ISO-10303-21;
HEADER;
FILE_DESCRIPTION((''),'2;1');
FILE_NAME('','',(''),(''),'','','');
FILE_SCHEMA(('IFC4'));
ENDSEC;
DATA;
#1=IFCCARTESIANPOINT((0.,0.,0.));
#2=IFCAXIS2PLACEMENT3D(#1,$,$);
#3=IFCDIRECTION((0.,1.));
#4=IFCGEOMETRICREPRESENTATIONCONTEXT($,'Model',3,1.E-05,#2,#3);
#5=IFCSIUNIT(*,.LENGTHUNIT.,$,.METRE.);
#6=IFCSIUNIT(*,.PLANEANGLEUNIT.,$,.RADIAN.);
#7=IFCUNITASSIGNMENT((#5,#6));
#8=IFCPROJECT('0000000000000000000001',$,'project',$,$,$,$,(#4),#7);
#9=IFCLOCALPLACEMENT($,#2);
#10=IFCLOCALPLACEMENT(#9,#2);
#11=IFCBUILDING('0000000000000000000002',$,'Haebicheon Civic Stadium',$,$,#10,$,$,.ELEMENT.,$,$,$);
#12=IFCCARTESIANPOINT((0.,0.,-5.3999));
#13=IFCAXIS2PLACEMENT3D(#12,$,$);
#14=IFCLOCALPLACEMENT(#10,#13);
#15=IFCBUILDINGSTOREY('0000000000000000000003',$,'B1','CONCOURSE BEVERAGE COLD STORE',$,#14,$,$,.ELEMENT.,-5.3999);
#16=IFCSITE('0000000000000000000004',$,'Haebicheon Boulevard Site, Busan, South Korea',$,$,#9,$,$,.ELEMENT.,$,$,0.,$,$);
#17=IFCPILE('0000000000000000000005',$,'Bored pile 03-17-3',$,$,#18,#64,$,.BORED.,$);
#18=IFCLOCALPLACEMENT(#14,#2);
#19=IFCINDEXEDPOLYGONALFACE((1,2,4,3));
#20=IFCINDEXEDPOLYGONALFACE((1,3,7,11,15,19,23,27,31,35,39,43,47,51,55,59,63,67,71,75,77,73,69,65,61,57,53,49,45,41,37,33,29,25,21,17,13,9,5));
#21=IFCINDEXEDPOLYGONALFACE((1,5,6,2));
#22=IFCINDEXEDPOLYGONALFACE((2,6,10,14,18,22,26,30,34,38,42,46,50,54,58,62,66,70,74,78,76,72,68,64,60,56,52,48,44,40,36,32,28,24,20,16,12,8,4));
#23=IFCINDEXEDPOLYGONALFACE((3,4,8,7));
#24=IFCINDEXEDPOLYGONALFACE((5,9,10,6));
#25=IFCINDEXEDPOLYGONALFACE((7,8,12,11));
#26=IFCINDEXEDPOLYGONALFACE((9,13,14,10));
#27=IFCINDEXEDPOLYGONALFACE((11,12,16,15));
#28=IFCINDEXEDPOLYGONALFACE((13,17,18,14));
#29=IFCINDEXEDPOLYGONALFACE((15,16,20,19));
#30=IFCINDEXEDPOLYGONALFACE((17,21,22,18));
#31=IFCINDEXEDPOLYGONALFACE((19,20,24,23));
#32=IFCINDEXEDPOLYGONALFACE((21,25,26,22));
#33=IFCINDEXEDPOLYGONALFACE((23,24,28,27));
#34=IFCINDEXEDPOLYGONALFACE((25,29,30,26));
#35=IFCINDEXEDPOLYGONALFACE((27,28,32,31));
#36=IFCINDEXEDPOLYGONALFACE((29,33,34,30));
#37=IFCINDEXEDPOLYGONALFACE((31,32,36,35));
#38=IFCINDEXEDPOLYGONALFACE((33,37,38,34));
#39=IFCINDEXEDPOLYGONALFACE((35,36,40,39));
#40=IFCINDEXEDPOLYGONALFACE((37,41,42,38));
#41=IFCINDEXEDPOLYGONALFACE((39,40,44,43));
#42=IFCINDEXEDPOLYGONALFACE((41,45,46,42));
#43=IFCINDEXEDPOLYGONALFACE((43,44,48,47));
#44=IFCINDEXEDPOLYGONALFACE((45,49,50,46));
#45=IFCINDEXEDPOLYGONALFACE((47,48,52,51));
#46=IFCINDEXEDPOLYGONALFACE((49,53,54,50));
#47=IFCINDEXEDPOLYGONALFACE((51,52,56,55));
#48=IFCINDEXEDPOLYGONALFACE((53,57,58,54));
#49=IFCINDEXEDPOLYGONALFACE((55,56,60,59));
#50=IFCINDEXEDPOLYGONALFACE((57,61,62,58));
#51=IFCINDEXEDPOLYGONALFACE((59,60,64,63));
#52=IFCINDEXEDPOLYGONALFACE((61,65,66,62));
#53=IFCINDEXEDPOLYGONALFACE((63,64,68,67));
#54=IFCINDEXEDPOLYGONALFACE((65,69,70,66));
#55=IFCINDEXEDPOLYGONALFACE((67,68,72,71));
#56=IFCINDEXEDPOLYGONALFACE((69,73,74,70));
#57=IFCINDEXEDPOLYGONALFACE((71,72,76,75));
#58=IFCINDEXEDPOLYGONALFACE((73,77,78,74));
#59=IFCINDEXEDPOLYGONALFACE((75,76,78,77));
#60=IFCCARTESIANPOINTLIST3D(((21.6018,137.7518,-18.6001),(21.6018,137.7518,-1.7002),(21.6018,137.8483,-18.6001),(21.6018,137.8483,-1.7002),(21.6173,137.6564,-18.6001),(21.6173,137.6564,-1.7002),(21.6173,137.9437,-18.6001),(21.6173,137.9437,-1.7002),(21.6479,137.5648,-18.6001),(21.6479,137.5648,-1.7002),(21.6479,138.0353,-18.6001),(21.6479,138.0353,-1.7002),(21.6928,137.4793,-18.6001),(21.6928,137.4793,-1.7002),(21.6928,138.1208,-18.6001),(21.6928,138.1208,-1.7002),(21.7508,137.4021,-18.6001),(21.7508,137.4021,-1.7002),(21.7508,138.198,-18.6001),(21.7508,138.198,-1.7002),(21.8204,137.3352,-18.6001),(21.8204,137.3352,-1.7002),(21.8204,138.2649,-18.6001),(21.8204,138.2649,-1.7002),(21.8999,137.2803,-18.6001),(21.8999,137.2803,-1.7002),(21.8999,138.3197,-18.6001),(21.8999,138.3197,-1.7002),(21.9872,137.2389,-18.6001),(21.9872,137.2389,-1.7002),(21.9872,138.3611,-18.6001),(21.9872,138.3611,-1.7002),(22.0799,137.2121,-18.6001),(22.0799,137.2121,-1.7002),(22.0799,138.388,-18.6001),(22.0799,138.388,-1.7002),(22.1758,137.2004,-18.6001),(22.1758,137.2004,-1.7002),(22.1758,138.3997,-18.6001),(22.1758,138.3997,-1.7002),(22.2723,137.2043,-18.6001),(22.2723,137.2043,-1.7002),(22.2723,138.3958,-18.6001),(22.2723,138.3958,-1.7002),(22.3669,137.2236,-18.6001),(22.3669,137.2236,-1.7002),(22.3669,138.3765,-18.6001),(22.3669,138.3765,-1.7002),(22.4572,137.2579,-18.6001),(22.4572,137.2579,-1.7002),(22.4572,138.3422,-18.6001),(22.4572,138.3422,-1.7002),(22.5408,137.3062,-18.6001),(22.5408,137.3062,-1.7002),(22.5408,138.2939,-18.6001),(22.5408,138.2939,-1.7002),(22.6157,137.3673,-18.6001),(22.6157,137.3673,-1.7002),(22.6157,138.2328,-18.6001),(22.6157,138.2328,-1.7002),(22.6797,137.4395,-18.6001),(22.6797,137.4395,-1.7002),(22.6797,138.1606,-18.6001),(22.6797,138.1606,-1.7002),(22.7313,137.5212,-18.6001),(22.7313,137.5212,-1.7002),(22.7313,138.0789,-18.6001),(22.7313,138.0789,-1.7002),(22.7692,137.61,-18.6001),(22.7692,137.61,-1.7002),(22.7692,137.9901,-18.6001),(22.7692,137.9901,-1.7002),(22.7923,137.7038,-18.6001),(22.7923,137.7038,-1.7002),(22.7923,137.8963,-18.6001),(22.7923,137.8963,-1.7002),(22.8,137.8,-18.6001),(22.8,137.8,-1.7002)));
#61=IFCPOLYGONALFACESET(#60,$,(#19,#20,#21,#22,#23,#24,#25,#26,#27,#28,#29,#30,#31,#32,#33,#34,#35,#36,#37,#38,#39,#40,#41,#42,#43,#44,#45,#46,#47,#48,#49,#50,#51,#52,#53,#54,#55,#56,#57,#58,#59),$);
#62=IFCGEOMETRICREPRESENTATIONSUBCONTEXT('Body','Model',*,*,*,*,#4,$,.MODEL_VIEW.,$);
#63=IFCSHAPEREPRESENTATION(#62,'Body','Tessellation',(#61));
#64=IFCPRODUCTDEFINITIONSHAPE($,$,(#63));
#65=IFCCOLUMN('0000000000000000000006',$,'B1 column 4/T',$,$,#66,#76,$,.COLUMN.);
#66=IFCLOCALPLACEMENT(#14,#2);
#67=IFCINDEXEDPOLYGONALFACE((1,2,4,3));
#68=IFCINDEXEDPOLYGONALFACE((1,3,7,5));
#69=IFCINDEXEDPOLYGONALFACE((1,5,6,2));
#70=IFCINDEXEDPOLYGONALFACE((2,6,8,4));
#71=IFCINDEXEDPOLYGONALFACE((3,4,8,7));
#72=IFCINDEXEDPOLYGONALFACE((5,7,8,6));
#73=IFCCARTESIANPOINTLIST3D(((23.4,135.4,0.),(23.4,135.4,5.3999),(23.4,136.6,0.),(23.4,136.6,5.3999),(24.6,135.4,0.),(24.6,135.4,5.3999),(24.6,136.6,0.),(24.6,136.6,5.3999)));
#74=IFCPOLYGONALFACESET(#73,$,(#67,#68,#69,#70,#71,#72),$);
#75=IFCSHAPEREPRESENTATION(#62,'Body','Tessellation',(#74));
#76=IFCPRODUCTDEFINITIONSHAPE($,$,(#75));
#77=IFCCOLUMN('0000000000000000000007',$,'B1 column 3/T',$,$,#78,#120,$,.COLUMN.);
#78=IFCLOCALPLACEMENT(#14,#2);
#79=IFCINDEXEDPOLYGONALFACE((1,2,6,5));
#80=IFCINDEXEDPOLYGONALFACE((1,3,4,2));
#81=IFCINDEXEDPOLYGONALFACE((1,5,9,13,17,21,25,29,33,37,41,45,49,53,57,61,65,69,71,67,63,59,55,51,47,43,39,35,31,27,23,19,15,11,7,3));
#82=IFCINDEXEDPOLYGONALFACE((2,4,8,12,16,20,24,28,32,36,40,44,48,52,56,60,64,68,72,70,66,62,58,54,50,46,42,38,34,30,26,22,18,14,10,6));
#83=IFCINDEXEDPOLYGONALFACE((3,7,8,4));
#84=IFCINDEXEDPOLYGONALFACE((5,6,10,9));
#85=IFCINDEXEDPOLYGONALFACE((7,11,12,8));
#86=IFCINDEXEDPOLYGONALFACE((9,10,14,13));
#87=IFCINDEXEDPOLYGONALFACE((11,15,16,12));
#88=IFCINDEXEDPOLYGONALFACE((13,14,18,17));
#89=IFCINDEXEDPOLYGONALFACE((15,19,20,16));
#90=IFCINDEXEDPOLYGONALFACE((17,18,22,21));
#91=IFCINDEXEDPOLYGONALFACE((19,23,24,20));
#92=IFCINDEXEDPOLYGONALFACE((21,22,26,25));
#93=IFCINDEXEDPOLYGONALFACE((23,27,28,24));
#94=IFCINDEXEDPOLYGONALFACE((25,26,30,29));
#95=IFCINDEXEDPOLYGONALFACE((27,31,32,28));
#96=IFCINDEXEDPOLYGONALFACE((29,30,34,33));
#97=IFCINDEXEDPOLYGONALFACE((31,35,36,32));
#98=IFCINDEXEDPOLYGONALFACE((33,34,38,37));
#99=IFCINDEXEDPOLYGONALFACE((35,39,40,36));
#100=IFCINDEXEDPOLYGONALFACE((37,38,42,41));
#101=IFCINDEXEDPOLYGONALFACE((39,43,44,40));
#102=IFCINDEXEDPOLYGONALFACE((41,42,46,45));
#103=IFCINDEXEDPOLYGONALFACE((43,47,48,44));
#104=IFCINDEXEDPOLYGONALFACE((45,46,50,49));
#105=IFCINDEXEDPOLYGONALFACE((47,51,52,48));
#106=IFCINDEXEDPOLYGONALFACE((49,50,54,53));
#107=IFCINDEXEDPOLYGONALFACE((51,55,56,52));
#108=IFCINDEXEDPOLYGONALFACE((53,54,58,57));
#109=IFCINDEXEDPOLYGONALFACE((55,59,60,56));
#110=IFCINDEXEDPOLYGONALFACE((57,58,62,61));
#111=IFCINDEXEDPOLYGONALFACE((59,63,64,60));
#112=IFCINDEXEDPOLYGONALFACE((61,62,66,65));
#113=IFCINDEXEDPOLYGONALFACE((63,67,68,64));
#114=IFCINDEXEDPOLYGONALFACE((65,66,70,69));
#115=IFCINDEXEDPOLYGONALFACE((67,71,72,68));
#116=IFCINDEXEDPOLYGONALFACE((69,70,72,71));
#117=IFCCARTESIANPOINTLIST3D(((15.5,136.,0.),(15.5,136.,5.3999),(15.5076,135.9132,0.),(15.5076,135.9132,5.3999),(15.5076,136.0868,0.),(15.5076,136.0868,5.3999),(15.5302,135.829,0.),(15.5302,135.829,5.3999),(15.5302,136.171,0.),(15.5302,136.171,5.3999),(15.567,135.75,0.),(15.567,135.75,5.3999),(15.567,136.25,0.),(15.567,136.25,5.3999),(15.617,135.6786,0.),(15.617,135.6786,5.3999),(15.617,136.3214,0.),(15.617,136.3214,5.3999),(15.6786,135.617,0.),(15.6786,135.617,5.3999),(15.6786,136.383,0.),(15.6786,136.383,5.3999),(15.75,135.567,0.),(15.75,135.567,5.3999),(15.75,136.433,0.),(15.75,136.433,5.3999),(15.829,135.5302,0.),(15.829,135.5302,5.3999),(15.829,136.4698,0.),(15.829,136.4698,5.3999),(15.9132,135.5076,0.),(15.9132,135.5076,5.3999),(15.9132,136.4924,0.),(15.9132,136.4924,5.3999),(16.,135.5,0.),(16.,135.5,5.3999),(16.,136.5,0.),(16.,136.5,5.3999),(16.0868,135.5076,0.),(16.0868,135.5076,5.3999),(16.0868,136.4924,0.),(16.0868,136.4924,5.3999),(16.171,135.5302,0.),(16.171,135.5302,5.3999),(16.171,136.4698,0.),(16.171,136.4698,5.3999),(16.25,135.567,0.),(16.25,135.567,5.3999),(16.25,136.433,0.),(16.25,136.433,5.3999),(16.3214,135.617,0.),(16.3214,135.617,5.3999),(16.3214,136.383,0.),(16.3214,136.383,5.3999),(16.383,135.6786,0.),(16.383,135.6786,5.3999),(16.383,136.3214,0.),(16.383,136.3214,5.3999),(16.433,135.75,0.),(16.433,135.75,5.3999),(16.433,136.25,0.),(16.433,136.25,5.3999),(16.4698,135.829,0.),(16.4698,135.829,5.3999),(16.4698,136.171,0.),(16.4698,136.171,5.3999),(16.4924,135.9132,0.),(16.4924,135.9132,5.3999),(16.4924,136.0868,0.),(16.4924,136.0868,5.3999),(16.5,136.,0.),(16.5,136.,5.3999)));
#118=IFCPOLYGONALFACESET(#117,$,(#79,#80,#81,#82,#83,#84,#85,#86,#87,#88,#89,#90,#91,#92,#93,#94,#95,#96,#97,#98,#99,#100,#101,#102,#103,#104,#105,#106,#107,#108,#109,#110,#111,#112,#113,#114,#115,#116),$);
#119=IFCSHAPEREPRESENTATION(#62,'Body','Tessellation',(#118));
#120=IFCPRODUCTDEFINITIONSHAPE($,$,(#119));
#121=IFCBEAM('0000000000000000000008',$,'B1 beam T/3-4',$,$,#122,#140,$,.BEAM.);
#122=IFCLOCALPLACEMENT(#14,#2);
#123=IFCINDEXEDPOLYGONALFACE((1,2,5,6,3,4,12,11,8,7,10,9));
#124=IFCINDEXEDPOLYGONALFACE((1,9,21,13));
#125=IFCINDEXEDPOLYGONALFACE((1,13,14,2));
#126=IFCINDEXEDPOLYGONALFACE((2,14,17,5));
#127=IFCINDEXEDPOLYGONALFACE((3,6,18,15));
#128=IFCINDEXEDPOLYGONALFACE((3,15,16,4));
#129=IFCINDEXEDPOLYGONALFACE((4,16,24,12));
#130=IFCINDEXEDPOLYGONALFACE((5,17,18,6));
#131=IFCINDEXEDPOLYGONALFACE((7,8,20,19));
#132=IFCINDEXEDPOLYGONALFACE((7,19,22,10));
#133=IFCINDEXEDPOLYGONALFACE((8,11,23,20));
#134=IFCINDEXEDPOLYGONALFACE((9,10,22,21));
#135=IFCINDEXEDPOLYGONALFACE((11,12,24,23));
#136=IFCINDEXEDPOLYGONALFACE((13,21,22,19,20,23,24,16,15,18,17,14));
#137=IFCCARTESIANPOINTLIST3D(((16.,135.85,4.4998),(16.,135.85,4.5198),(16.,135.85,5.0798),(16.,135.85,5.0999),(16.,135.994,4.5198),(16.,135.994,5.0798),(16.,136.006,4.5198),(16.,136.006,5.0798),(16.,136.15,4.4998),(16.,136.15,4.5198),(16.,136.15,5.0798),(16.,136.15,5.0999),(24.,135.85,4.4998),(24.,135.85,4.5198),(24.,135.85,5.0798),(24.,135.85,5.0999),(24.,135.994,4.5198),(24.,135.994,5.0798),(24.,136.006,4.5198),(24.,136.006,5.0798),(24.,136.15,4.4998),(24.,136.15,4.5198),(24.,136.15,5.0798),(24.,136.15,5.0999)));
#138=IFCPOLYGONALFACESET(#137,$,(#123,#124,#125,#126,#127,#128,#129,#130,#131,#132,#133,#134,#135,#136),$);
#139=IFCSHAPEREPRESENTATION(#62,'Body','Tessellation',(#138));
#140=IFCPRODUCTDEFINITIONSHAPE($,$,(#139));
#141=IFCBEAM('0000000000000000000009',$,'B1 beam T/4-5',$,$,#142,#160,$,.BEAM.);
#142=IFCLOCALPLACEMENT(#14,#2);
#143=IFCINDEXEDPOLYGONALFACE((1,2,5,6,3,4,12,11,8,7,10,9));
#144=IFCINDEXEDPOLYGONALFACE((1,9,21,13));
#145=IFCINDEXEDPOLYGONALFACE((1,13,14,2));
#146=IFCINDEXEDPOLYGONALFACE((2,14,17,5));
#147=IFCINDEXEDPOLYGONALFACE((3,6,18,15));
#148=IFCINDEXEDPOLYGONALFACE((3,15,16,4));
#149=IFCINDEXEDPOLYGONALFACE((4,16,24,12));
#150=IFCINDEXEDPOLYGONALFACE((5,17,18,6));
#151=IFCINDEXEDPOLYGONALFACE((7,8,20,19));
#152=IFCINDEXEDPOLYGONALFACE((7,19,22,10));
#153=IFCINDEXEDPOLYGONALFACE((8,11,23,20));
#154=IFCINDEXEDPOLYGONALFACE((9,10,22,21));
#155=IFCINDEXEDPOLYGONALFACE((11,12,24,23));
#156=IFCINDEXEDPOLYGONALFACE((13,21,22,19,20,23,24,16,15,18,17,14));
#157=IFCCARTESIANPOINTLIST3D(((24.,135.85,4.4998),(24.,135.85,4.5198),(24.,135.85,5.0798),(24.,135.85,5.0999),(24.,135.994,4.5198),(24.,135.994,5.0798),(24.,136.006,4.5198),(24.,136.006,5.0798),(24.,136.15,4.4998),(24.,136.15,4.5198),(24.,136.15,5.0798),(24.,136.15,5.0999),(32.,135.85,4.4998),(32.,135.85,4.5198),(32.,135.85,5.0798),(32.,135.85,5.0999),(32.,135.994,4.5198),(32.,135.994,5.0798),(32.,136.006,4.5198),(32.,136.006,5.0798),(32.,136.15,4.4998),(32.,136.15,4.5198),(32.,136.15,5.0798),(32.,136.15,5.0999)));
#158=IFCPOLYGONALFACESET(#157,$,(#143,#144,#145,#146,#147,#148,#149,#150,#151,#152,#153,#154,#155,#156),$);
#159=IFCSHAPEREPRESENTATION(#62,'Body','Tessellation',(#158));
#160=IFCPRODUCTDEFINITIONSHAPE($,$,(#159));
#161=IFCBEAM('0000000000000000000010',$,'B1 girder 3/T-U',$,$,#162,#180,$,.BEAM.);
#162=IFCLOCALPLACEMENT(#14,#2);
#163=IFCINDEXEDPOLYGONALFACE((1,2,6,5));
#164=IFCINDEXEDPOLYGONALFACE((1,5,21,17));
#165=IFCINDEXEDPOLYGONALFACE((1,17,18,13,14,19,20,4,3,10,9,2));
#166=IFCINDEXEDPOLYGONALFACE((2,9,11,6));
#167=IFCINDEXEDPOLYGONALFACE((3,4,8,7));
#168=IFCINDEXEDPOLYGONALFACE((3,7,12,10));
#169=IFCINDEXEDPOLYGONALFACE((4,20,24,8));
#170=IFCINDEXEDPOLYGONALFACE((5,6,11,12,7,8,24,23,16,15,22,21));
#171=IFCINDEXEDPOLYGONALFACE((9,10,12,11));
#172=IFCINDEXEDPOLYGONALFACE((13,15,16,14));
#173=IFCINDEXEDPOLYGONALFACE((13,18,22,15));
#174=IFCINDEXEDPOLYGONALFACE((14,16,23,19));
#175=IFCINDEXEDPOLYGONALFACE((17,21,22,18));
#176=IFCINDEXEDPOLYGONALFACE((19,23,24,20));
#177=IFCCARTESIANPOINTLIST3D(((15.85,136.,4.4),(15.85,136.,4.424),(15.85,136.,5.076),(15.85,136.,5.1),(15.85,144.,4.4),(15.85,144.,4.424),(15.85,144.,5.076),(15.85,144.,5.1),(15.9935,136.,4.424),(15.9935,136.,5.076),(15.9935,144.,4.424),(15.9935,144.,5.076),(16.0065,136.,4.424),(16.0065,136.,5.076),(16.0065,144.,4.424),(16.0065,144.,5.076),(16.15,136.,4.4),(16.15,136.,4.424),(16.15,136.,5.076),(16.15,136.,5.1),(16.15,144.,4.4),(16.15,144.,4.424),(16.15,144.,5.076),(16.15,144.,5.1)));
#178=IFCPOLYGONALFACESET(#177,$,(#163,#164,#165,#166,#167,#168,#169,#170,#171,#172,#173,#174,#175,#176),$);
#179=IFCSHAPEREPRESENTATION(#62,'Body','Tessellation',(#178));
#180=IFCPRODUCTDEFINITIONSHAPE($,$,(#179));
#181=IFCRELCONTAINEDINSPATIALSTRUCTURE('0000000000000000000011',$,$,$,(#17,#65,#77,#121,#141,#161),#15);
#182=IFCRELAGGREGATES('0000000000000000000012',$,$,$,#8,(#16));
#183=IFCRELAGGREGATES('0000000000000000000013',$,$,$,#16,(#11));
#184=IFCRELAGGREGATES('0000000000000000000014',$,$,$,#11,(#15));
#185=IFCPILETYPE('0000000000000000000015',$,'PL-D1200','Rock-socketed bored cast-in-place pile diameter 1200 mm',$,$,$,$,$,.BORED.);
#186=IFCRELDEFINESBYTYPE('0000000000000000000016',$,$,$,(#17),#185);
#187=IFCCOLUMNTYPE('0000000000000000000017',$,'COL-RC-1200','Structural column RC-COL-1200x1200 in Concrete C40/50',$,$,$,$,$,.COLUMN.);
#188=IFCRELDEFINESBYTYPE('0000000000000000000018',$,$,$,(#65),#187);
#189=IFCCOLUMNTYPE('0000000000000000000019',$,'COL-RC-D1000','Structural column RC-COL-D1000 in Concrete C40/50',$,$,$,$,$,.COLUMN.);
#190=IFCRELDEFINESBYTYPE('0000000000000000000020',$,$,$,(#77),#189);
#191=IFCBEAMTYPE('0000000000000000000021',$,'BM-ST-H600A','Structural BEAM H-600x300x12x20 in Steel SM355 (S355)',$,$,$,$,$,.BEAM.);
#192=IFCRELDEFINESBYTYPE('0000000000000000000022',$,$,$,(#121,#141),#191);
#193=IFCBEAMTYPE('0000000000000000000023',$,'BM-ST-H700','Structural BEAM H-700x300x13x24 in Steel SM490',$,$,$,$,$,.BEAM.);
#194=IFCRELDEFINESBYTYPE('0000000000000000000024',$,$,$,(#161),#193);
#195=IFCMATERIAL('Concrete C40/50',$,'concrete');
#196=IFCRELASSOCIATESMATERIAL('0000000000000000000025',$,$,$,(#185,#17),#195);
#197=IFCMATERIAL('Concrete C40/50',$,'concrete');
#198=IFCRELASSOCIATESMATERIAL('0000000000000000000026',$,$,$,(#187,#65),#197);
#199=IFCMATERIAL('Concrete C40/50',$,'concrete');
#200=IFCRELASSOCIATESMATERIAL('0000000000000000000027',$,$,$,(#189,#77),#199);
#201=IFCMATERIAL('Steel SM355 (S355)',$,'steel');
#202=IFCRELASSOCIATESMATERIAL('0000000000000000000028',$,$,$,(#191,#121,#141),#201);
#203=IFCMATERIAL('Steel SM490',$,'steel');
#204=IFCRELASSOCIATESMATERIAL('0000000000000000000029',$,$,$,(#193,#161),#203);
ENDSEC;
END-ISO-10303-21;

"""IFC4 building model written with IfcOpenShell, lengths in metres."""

from ifc_helpers import new_model, si_unit, direction, frame, origin, origin_2d, place, context, subcontext, project, spatial, rectangle, circle, i_section, extrude, material, material_profile, profile_set, type_object, element, save


model = new_model("IFC4")

# Units and contexts
model_context = context("Model", 3, precision=1e-05, world=origin(), true_north=direction((0.0, 1.0)))
body_context = subcontext(model_context, "Body", "Model", "MODEL_VIEW")
ifc_project = project(units=[si_unit("LENGTHUNIT", "METRE"), si_unit("PLANEANGLEUNIT", "RADIAN")], contexts=[model_context])

# Site, building, storey
site_placement = place(None, origin())
site = spatial("IfcSite", under=ifc_project, at=site_placement, Name="Haebicheon Boulevard Site, Busan, South Korea", CompositionType="ELEMENT", RefElevation=0.0)
building_placement = place(site_placement, origin())
building = spatial("IfcBuilding", under=site, at=building_placement, Name="Haebicheon Civic Stadium", CompositionType="ELEMENT")
storey_placement = place(building_placement, frame((0.0, 0.0, -5.3999)))
storey = spatial("IfcBuildingStorey", under=building, at=storey_placement, Name="B1", Description="CONCOURSE BEVERAGE COLD STORE", CompositionType="ELEMENT", Elevation=-5.3999)

# Pile
ifc_material_1 = material(Name="Concrete C40/50", Category="concrete")
ifc_material_profile_1 = material_profile(ifc_material_1, circle(Radius=0.6001, at=origin_2d()), Name="PILE-D1200")
ifc_profile_set_1 = profile_set([ifc_material_profile_1], Name="Concrete C40/50")
pile_type_1 = type_object("IfcPileType", Name="PL-D1200", Description="Rock-socketed bored cast-in-place pile diameter 1200 mm", PredefinedType="BORED", material=ifc_profile_set_1)
for number, where, z_axis, x_axis, name in (
    (1, (22.2, 137.8, -1.7002), (0.0, 0.0, -1.0), (1.0, 0.0, 0.0), "Bored pile 03-17-3"),
):
    element("IfcPile", number, at=place(storey_placement, frame(where, z_axis=z_axis, x_axis=x_axis)), inside=storey, type_object=pile_type_1, material=ifc_profile_set_1, Name=name, PredefinedType="BORED", context=body_context, shape_type="SweptSolid", body=[
        extrude(circle(Radius=0.6001, at=origin_2d()), origin(), (0.0, 0.0, 1.0), 16.8999),
    ])

# Columns
ifc_material_2 = material(Name="Concrete C40/50", Category="concrete")
ifc_material_profile_2 = material_profile(ifc_material_2, rectangle(XDim=1.2, YDim=1.2, at=origin_2d()), Name="RC-COL-1200x1200")
ifc_profile_set_2 = profile_set([ifc_material_profile_2], Name="Concrete C40/50")
column_type_1 = type_object("IfcColumnType", Name="COL-RC-1200", Description="Structural column RC-COL-1200x1200 in Concrete C40/50", PredefinedType="COLUMN", material=ifc_profile_set_2)
column_1_placement = place(storey_placement, frame((24.0, 136.0, 0.0), z_axis=(0.0, 0.0, 1.0), x_axis=(1.0, 0.0, 0.0)))
element("IfcColumn", 2, at=column_1_placement, inside=storey, type_object=column_type_1, material=ifc_profile_set_2, Name="B1 column 4/T", PredefinedType="COLUMN", context=body_context, shape_type="SweptSolid", body=[
    extrude(rectangle(XDim=1.2, YDim=1.2, at=origin_2d()), origin(), (0.0, 0.0, 1.0), 5.3999),
])
ifc_material_3 = material(Name="Concrete C40/50", Category="concrete")
ifc_material_profile_3 = material_profile(ifc_material_3, circle(Radius=0.5, at=origin_2d()), Name="RC-COL-D1000")
ifc_profile_set_3 = profile_set([ifc_material_profile_3], Name="Concrete C40/50")
column_type_2 = type_object("IfcColumnType", Name="COL-RC-D1000", Description="Structural column RC-COL-D1000 in Concrete C40/50", PredefinedType="COLUMN", material=ifc_profile_set_3)
column_2_placement = place(storey_placement, frame((16.0, 136.0, 0.0), z_axis=(0.0, 0.0, 1.0), x_axis=(1.0, 0.0, 0.0)))
element("IfcColumn", 3, at=column_2_placement, inside=storey, type_object=column_type_2, material=ifc_profile_set_3, Name="B1 column 3/T", PredefinedType="COLUMN", context=body_context, shape_type="SweptSolid", body=[
    extrude(circle(Radius=0.5, at=origin_2d()), origin(), (0.0, 0.0, 1.0), 5.3999),
])

# Beams
ifc_material_4 = material(Name="Steel SM355 (S355)", Category="steel")
ifc_material_profile_4 = material_profile(ifc_material_4, i_section(OverallWidth=0.3, OverallDepth=0.6001, WebThickness=0.012, FlangeThickness=0.02, at=origin_2d()), Name="H-600x300x12x20")
ifc_profile_set_4 = profile_set([ifc_material_profile_4], Name="Steel SM355 (S355)")
beam_type_1 = type_object("IfcBeamType", Name="BM-ST-H600A", Description="Structural BEAM H-600x300x12x20 in Steel SM355 (S355)", PredefinedType="BEAM", material=ifc_profile_set_4)
for number, where, z_axis, x_axis, name in (
    (4, (16.0, 136.0, 4.7998), (1.0, 0.0, 0.0), (0.0, 1.0, 0.0), "B1 beam T/3-4"),
    (5, (24.0, 136.0, 4.7998), (1.0, 0.0, 0.0), (0.0, 1.0, 0.0), "B1 beam T/4-5"),
):
    element("IfcBeam", number, at=place(storey_placement, frame(where, z_axis=z_axis, x_axis=x_axis)), inside=storey, type_object=beam_type_1, material=ifc_profile_set_4, Name=name, PredefinedType="BEAM", context=body_context, shape_type="SweptSolid", body=[
        extrude(i_section(OverallWidth=0.3, OverallDepth=0.6001, WebThickness=0.012, FlangeThickness=0.02, at=origin_2d()), origin(), (0.0, 0.0, 1.0), 8.0),
    ])
ifc_material_5 = material(Name="Steel SM490", Category="steel")
ifc_material_profile_5 = material_profile(ifc_material_5, i_section(OverallWidth=0.3, OverallDepth=0.7, WebThickness=0.0129, FlangeThickness=0.0239, at=origin_2d()), Name="H-700x300x13x24")
ifc_profile_set_5 = profile_set([ifc_material_profile_5], Name="Steel SM490")
beam_type_2 = type_object("IfcBeamType", Name="BM-ST-H700", Description="Structural BEAM H-700x300x13x24 in Steel SM490", PredefinedType="BEAM", material=ifc_profile_set_5)
for number, where, z_axis, x_axis, name in (
    (6, (16.0, 136.0, 4.75), (0.0, 1.0, 0.0), (-1.0, 0.0, 0.0), "B1 girder 3/T-U"),
):
    element("IfcBeam", number, at=place(storey_placement, frame(where, z_axis=z_axis, x_axis=x_axis)), inside=storey, type_object=beam_type_2, material=ifc_profile_set_5, Name=name, PredefinedType="BEAM", context=body_context, shape_type="SweptSolid", body=[
        extrude(i_section(OverallWidth=0.3, OverallDepth=0.7, WebThickness=0.0129, FlangeThickness=0.0239, at=origin_2d()), origin(), (0.0, 0.0, 1.0), 8.0),
    ])

save(model, "model.ifc")
